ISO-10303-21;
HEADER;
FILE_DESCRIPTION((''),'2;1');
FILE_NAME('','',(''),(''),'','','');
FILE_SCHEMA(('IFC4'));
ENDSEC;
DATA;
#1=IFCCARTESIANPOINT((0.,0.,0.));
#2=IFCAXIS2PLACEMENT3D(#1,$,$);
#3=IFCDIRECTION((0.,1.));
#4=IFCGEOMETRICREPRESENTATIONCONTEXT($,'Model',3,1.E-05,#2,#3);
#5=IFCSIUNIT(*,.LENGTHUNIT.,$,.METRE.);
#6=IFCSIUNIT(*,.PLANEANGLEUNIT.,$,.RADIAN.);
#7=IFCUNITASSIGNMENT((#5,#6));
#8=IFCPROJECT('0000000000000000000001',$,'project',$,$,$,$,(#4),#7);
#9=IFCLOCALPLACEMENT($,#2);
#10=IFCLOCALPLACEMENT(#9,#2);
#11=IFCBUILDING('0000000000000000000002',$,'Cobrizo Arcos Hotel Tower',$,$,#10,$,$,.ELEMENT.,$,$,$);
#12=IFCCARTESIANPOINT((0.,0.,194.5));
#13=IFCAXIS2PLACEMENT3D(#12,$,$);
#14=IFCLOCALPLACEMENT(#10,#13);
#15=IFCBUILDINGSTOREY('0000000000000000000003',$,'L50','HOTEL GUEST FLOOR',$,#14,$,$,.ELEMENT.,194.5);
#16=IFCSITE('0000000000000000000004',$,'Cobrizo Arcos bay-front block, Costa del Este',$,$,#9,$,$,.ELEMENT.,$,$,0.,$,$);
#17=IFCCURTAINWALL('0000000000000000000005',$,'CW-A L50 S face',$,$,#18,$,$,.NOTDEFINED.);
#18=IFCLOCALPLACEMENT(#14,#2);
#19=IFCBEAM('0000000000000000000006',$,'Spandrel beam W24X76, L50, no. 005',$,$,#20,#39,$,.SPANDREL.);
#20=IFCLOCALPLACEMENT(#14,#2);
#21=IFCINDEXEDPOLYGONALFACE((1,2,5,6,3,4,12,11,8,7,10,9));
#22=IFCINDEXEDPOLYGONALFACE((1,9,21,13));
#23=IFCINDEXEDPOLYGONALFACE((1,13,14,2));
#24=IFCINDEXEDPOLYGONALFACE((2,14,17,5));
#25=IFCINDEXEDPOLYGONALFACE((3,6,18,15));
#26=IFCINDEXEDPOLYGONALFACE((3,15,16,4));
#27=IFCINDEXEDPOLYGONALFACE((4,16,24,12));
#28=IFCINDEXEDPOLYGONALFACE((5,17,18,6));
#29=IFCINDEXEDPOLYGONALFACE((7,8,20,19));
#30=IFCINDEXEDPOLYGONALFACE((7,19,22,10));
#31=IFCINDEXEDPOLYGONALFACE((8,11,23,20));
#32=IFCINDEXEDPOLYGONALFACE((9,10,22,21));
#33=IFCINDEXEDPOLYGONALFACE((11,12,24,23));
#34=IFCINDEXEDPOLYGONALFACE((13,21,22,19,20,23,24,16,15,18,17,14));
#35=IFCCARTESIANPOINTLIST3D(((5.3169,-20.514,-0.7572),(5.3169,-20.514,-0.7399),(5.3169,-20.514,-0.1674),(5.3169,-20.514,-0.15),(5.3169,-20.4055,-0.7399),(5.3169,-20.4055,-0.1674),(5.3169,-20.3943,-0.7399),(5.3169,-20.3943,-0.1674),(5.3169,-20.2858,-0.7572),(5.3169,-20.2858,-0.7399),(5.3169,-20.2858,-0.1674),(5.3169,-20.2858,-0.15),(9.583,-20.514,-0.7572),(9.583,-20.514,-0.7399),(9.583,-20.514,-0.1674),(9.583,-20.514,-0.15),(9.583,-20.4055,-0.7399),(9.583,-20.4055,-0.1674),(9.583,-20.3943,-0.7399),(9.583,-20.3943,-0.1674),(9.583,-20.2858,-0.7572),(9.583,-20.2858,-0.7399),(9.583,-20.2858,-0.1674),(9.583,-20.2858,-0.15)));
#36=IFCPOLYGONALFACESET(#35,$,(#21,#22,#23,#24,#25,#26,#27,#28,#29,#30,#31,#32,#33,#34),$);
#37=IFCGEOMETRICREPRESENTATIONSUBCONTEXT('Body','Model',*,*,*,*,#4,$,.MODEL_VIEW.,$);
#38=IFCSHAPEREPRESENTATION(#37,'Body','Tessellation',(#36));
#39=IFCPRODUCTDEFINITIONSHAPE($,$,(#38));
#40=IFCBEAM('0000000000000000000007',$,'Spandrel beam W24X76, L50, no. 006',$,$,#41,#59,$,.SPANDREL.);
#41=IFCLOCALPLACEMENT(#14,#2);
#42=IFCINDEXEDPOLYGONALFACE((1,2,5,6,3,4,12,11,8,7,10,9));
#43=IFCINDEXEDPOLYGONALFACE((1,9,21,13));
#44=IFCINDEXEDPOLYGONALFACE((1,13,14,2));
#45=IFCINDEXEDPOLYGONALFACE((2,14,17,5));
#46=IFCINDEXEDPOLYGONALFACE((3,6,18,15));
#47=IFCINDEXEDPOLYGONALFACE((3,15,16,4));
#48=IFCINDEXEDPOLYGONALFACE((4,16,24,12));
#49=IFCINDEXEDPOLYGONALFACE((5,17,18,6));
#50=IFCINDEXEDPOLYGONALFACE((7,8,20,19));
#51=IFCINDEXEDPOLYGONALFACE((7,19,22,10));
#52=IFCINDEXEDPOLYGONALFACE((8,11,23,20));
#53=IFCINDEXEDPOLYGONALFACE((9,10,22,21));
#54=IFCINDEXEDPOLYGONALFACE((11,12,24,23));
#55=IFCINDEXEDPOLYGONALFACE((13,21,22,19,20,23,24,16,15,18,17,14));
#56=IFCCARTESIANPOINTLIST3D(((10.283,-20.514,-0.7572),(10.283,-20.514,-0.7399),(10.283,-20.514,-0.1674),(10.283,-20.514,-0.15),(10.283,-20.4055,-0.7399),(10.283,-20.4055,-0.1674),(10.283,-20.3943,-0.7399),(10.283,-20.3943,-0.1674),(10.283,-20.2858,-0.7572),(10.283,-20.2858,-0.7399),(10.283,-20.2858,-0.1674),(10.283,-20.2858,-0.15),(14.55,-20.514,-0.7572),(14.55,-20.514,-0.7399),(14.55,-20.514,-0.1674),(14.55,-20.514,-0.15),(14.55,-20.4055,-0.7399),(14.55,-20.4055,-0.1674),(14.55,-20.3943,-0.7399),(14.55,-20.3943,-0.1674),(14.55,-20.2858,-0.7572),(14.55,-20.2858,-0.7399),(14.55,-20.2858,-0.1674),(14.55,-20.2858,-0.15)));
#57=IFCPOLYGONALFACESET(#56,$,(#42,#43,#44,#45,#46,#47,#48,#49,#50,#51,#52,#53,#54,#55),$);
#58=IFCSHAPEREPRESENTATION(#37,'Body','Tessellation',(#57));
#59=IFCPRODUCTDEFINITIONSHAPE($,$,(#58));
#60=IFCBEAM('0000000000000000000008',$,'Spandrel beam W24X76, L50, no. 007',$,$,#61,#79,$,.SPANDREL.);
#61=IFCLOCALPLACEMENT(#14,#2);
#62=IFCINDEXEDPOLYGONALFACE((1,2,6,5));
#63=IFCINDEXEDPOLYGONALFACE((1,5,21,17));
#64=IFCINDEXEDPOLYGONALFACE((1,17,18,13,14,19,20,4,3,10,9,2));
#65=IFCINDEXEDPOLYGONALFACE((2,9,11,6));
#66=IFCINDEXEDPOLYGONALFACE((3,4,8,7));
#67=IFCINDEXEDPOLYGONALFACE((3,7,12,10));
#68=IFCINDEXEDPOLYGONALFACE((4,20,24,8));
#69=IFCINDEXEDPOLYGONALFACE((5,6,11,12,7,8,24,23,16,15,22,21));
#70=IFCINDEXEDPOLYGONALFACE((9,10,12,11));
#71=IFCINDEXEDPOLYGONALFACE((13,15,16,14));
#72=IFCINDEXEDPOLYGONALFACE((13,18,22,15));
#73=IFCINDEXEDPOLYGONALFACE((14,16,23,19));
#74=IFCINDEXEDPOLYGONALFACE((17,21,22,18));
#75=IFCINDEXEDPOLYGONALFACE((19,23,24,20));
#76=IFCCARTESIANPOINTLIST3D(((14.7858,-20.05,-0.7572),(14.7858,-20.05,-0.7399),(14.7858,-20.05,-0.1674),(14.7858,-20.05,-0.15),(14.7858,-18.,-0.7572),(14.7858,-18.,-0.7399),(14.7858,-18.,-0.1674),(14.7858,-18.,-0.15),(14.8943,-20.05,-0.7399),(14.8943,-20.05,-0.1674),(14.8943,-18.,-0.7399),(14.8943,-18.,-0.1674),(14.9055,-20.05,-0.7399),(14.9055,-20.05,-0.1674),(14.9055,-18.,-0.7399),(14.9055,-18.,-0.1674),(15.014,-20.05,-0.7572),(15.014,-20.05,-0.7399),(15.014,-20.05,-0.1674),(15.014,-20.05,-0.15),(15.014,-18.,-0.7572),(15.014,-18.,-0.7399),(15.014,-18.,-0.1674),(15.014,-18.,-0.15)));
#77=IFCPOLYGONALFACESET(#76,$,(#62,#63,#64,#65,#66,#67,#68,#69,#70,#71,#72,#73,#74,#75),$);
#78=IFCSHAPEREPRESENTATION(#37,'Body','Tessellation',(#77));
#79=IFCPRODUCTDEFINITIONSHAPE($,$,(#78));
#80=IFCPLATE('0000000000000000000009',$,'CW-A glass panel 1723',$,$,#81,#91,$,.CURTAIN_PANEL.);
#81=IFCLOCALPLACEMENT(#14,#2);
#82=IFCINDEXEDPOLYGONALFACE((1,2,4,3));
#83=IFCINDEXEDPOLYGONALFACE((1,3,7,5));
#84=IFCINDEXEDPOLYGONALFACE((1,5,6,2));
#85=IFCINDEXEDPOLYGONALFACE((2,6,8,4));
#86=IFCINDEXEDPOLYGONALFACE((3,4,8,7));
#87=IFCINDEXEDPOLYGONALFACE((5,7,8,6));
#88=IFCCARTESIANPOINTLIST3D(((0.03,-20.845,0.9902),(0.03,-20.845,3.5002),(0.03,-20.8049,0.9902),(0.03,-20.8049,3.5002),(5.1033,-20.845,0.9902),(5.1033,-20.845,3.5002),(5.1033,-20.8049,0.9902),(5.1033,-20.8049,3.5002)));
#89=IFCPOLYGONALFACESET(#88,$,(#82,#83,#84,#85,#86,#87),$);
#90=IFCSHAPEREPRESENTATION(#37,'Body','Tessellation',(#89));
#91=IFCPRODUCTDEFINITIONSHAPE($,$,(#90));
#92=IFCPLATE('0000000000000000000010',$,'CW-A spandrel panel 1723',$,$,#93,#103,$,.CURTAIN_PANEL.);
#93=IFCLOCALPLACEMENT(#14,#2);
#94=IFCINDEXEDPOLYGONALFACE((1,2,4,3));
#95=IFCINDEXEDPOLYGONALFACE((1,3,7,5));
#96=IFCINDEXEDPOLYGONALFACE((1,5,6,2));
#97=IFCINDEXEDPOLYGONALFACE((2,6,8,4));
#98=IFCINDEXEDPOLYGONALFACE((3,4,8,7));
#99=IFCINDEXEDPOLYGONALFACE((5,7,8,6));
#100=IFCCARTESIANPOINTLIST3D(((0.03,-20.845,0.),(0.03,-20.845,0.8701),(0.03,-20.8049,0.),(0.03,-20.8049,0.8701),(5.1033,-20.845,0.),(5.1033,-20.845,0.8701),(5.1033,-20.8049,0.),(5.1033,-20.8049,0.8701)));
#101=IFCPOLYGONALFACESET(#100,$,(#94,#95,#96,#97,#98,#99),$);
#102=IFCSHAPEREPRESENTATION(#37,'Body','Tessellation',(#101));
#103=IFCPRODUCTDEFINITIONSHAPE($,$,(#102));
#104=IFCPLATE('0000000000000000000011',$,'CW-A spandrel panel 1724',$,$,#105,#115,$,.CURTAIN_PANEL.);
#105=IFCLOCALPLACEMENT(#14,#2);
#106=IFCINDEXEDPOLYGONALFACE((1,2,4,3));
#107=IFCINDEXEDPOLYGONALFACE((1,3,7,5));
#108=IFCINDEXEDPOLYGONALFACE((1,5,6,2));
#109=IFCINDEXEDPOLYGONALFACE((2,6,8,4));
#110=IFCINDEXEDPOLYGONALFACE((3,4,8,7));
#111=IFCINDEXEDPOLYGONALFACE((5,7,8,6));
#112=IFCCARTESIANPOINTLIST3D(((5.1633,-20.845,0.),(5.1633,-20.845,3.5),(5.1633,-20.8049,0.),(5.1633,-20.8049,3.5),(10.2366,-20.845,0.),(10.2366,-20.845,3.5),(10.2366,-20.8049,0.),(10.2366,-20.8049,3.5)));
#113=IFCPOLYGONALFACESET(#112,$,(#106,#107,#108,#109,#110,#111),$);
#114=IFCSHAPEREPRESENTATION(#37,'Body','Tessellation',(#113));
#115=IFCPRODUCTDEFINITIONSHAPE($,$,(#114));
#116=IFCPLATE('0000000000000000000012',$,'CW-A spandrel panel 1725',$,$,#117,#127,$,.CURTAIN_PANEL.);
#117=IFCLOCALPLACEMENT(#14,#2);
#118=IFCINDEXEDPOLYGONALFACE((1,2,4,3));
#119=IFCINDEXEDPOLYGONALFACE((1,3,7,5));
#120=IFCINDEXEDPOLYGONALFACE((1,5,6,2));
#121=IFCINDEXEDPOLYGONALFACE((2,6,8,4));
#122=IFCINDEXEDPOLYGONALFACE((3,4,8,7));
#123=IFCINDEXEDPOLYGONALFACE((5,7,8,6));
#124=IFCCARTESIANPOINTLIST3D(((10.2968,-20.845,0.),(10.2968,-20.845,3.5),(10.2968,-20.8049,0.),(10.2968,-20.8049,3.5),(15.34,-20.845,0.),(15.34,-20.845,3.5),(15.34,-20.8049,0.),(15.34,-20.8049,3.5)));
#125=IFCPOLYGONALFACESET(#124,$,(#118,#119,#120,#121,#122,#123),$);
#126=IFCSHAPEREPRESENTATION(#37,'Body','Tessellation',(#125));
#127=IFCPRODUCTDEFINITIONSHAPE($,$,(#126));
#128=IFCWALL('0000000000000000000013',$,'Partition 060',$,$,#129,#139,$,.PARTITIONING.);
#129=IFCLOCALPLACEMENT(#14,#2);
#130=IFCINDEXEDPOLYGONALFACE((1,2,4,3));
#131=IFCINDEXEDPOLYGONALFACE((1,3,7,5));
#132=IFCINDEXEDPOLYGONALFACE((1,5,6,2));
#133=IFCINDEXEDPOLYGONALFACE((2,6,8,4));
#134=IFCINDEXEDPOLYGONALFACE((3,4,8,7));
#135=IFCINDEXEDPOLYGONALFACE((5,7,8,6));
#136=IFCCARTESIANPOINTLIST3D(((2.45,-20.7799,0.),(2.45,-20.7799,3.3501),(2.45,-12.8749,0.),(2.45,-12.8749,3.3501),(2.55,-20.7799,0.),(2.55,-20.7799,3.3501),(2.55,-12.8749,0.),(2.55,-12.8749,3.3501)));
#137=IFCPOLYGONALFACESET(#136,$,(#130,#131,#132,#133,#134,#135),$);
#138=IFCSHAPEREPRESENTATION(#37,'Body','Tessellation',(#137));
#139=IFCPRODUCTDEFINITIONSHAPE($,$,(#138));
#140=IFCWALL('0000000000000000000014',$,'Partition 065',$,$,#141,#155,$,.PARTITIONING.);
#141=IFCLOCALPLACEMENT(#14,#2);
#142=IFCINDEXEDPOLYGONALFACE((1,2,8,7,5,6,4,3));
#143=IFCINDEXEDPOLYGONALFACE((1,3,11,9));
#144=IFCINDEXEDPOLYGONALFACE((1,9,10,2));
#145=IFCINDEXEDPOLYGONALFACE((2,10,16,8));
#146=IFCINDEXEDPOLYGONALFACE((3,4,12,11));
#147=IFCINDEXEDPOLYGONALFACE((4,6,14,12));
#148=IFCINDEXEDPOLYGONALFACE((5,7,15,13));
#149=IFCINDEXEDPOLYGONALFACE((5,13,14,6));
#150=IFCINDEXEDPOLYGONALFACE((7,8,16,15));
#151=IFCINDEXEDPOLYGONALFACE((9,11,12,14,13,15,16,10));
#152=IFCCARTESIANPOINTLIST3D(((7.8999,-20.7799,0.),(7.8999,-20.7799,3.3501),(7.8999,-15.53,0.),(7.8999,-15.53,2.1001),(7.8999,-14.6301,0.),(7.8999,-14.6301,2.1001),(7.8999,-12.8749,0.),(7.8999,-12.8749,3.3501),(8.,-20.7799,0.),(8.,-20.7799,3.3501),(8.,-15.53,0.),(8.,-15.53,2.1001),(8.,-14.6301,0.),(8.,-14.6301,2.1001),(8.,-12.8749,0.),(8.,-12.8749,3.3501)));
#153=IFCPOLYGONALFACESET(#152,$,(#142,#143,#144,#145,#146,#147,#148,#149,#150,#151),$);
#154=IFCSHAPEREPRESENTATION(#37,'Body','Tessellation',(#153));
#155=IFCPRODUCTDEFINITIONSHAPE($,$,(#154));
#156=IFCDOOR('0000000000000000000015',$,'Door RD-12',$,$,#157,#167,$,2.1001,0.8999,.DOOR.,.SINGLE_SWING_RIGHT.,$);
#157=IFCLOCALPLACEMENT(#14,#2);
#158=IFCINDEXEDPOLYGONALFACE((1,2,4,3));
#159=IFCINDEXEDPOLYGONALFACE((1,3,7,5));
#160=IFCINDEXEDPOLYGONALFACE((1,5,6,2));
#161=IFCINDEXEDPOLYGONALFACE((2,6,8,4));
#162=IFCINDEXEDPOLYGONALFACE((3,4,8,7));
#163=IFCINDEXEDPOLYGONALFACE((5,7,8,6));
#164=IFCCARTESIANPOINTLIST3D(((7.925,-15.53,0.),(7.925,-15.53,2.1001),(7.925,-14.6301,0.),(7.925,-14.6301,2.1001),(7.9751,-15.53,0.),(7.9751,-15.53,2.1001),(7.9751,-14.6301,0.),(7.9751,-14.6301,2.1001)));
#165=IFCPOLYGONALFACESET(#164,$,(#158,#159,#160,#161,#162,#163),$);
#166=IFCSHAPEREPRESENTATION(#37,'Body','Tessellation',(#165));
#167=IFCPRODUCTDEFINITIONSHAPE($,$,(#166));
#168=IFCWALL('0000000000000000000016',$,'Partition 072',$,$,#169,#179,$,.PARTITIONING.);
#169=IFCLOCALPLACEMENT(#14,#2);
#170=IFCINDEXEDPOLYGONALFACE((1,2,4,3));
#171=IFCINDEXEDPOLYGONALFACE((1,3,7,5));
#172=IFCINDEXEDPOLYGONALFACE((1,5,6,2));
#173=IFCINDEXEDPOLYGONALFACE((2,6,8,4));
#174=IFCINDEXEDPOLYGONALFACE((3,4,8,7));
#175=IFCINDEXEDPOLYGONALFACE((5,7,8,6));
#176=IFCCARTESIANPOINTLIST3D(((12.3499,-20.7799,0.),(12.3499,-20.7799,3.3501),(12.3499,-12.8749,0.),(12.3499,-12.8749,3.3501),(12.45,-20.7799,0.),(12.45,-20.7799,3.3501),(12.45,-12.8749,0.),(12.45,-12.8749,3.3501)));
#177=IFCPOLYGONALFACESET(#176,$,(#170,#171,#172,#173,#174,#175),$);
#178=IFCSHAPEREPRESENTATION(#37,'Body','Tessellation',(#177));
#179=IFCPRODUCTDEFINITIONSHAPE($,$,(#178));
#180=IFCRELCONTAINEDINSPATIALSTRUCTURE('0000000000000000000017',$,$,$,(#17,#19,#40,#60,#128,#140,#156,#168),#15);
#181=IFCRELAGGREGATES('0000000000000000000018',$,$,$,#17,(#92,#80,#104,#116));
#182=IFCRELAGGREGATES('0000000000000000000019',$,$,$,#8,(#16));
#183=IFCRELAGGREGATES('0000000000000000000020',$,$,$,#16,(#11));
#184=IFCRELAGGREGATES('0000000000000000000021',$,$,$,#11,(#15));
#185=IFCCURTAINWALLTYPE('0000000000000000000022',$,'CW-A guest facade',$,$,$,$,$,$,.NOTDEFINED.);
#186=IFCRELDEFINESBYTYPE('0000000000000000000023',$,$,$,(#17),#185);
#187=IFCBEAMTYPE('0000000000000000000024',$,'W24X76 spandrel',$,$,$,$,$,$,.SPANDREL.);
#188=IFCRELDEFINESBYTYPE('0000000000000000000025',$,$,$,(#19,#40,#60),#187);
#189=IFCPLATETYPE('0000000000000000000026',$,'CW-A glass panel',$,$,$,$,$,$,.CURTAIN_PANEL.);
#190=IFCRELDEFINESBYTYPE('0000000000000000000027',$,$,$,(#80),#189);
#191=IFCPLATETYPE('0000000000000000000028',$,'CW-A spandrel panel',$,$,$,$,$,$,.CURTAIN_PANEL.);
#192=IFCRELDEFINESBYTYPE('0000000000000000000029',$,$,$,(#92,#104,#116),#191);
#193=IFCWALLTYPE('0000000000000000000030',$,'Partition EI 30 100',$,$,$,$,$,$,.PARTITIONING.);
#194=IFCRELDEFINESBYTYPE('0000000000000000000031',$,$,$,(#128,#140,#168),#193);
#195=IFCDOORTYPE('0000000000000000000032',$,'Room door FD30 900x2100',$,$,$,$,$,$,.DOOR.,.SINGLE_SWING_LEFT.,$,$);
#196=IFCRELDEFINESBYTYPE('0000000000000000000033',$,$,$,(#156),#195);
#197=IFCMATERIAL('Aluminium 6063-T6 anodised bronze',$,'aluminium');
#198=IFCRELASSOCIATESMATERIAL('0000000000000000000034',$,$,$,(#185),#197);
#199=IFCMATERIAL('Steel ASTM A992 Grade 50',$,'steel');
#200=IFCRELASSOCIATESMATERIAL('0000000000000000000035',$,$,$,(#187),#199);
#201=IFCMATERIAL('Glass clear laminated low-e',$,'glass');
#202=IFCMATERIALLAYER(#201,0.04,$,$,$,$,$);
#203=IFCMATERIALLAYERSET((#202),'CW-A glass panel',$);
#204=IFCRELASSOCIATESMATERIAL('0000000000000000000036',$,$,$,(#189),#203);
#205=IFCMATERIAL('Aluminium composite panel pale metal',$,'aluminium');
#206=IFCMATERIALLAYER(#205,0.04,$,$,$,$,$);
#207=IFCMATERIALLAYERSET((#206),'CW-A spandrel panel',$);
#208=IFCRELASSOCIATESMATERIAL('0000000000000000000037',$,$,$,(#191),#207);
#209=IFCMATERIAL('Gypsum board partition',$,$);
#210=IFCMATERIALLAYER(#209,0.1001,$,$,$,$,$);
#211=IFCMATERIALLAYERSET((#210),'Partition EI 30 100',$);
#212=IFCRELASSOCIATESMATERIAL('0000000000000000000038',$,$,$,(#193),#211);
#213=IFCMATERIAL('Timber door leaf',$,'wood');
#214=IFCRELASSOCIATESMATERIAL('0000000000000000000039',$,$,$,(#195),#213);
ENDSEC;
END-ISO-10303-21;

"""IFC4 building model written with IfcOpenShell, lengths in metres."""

from ifc_helpers import new_model, si_unit, direction, frame, frame_2d, origin, origin_2d, place, context, subcontext, project, spatial, rectangle, i_section, extrude, material, layer, layer_set, material_profile, profile_set, type_object, element, fill, aggregate, save


model = new_model("IFC4")

# Units and contexts
model_context = context("Model", 3, precision=1e-05, world=origin(), true_north=direction((0.0, 1.0)))
body_context = subcontext(model_context, "Body", "Model", "MODEL_VIEW")
ifc_project = project(units=[si_unit("LENGTHUNIT", "METRE"), si_unit("PLANEANGLEUNIT", "RADIAN")], contexts=[model_context])

# Site, building, storey
site_placement = place(None, origin())
site = spatial("IfcSite", under=ifc_project, at=site_placement, Name="Cobrizo Arcos bay-front block, Costa del Este", CompositionType="ELEMENT", RefElevation=0.0)
building_placement = place(site_placement, origin())
building = spatial("IfcBuilding", under=site, at=building_placement, Name="Cobrizo Arcos Hotel Tower", CompositionType="ELEMENT")
storey_placement = place(building_placement, frame((0.0, 0.0, 194.5)))
storey = spatial("IfcBuildingStorey", under=building, at=storey_placement, Name="L50", Description="HOTEL GUEST FLOOR", CompositionType="ELEMENT", Elevation=194.5)

# Curtain wall
ifc_material_1 = material(Name="Aluminium 6063-T6 anodised bronze", Category="aluminium")
curtain_wall_type = type_object("IfcCurtainWallType", Name="CW-A guest facade", PredefinedType="NOTDEFINED", material=ifc_material_1)
curtain_wall_placement = place(storey_placement, origin())
curtain_wall = element("IfcCurtainWall", 1, at=curtain_wall_placement, inside=storey, type_object=curtain_wall_type, Name="CW-A L50 S face", PredefinedType="NOTDEFINED")

# Beams
ifc_material_2 = material(Name="Steel ASTM A992 Grade 50", Category="steel")
ifc_material_profile_1 = material_profile(ifc_material_2, i_section(OverallWidth=0.2283, OverallDepth=0.6072, WebThickness=0.0112, FlangeThickness=0.0173, at=origin_2d()), Name="W24X76")
ifc_profile_set_1 = profile_set([ifc_material_profile_1], Name="Steel ASTM A992 Grade 50")
beam_type_1 = type_object("IfcBeamType", Name="W24X76 spandrel", PredefinedType="SPANDREL", material=ifc_profile_set_1)
beam_1_placement = place(storey_placement, frame((5.3169, -20.3999, -0.4536), z_axis=(1.0, 0.0, 0.0), x_axis=(0.0, 1.0, 0.0)))
element("IfcBeam", 2, at=beam_1_placement, inside=storey, type_object=beam_type_1, Name="Spandrel beam W24X76, L50, no. 005", PredefinedType="SPANDREL", context=body_context, shape_type="SweptSolid", body=[
    extrude(i_section(OverallWidth=0.2283, OverallDepth=0.6072, WebThickness=0.0112, FlangeThickness=0.0173, at=origin_2d()), origin(), (0.0, 0.0, 1.0), 4.2661),
])
beam_2_placement = place(storey_placement, frame((10.283, -20.3999, -0.4536), z_axis=(1.0, 0.0, 0.0), x_axis=(0.0, 1.0, 0.0)))
element("IfcBeam", 3, at=beam_2_placement, inside=storey, type_object=beam_type_1, Name="Spandrel beam W24X76, L50, no. 006", PredefinedType="SPANDREL", context=body_context, shape_type="SweptSolid", body=[
    extrude(i_section(OverallWidth=0.2283, OverallDepth=0.6072, WebThickness=0.0112, FlangeThickness=0.0173, at=origin_2d()), origin(), (0.0, 0.0, 1.0), 4.2671),
])
beam_3_placement = place(storey_placement, frame((14.8999, -20.05, -0.4536), z_axis=(0.0, 1.0, 0.0), x_axis=(-1.0, 0.0, 0.0)))
element("IfcBeam", 4, at=beam_3_placement, inside=storey, type_object=beam_type_1, Name="Spandrel beam W24X76, L50, no. 007", PredefinedType="SPANDREL", context=body_context, shape_type="SweptSolid", body=[
    extrude(i_section(OverallWidth=0.2283, OverallDepth=0.6072, WebThickness=0.0112, FlangeThickness=0.0173, at=origin_2d()), origin(), (0.0, 0.0, 1.0), 2.05),
])

# Plates
ifc_material_3 = material(Name="Glass clear laminated low-e", Category="glass")
ifc_layer_1 = layer(ifc_material_3, 0.04)
ifc_layer_set_1 = layer_set([ifc_layer_1], Name="CW-A glass panel")
plate_type_1 = type_object("IfcPlateType", Name="CW-A glass panel", PredefinedType="CURTAIN_PANEL", material=ifc_layer_set_1)
plate_1_placement = place(storey_placement, frame((2.5667, -20.825, 0.9902), z_axis=(0.0, 0.0, 1.0), x_axis=(1.0, 0.0, 0.0)))
plate_1 = element("IfcPlate", 5, at=plate_1_placement, type_object=plate_type_1, Name="CW-A glass panel 1723", PredefinedType="CURTAIN_PANEL", context=body_context, shape_type="SweptSolid", body=[
    extrude(rectangle(XDim=5.0732, YDim=0.04, at=origin_2d()), origin(), (0.0, 0.0, 1.0), 2.51),
])
ifc_material_4 = material(Name="Aluminium composite panel pale metal", Category="aluminium")
ifc_layer_2 = layer(ifc_material_4, 0.04)
ifc_layer_set_2 = layer_set([ifc_layer_2], Name="CW-A spandrel panel")
plate_type_2 = type_object("IfcPlateType", Name="CW-A spandrel panel", PredefinedType="CURTAIN_PANEL", material=ifc_layer_set_2)
plate_2_placement = place(storey_placement, frame((2.5667, -20.825, 0.0), z_axis=(0.0, 0.0, 1.0), x_axis=(1.0, 0.0, 0.0)))
plate_2 = element("IfcPlate", 6, at=plate_2_placement, type_object=plate_type_2, Name="CW-A spandrel panel 1723", PredefinedType="CURTAIN_PANEL", context=body_context, shape_type="SweptSolid", body=[
    extrude(rectangle(XDim=5.0732, YDim=0.04, at=origin_2d()), origin(), (0.0, 0.0, 1.0), 0.8701),
])
plate_3_placement = place(storey_placement, frame((7.7, -20.825, 0.0), z_axis=(0.0, 0.0, 1.0), x_axis=(1.0, 0.0, 0.0)))
plate_3 = element("IfcPlate", 7, at=plate_3_placement, type_object=plate_type_2, Name="CW-A spandrel panel 1724", PredefinedType="CURTAIN_PANEL", context=body_context, shape_type="SweptSolid", body=[
    extrude(rectangle(XDim=5.0732, YDim=0.04, at=origin_2d()), origin(), (0.0, 0.0, 1.0), 3.5),
])
plate_4_placement = place(storey_placement, frame((12.8184, -20.825, 0.0), z_axis=(0.0, 0.0, 1.0), x_axis=(1.0, 0.0, 0.0)))
plate_4 = element("IfcPlate", 8, at=plate_4_placement, type_object=plate_type_2, Name="CW-A spandrel panel 1725", PredefinedType="CURTAIN_PANEL", context=body_context, shape_type="SweptSolid", body=[
    extrude(rectangle(XDim=5.0432, YDim=0.04, at=origin_2d()), origin(), (0.0, 0.0, 1.0), 3.5),
])
aggregate(curtain_wall, [plate_2, plate_1, plate_3, plate_4])

# Wall
ifc_material_5 = material(Name="Gypsum board partition")
ifc_layer_3 = layer(ifc_material_5, 0.1001)
ifc_layer_set_3 = layer_set([ifc_layer_3], Name="Partition EI 30 100")
wall_type = type_object("IfcWallType", Name="Partition EI 30 100", PredefinedType="PARTITIONING", material=ifc_layer_set_3)
wall_1_placement = place(storey_placement, frame((2.5, -20.78, 0.0), z_axis=(0.0, 0.0, 1.0), x_axis=(0.0, 1.0, 0.0)))
element("IfcWall", 9, at=wall_1_placement, inside=storey, type_object=wall_type, Name="Partition 060", PredefinedType="PARTITIONING", context=body_context, shape_type="SweptSolid", body=[
    extrude(rectangle(XDim=7.905, YDim=0.1001, at=frame_2d((3.9526, 0.0))), origin(), (0.0, 0.0, 1.0), 3.3501),
])

# Wall, opening, door
wall_2_placement = place(storey_placement, frame((7.95, -20.78, 0.0), z_axis=(0.0, 0.0, 1.0), x_axis=(0.0, 1.0, 0.0)))
wall_2 = element("IfcWall", 10, at=wall_2_placement, inside=storey, type_object=wall_type, Name="Partition 065", PredefinedType="PARTITIONING", context=body_context, shape_type="SweptSolid", body=[
    extrude(rectangle(XDim=7.905, YDim=0.1001, at=frame_2d((3.9526, 0.0))), origin(), (0.0, 0.0, 1.0), 3.3501),
])
opening_placement = place(wall_2_placement, frame((5.25, 0.0, 0.0)))
opening = element("IfcOpeningElement", 11, at=opening_placement, cuts=wall_2, PredefinedType="OPENING", context=body_context, shape_type="SweptSolid", body=[
    extrude(rectangle(XDim=0.8999, YDim=2.1001, at=frame_2d((0.45, 1.05))), frame((0.0, 0.062, 0.0), z_axis=(0.0, -1.0, 0.0), x_axis=(1.0, 0.0, 0.0)), (0.0, 0.0, 1.0), 0.124),
])
ifc_material_6 = material(Name="Timber door leaf", Category="wood")
door_type = type_object("IfcDoorType", Name="Room door FD30 900x2100", OperationType="SINGLE_SWING_LEFT", PredefinedType="DOOR", material=ifc_material_6)
door_placement = place(opening_placement, origin())
door = element("IfcDoor", 12, at=door_placement, inside=storey, type_object=door_type, Name="Door RD-12", OperationType="SINGLE_SWING_RIGHT", OverallHeight=2.1001, OverallWidth=0.8999, PredefinedType="DOOR", context=body_context, shape_type="SweptSolid", body=[
    extrude(rectangle(XDim=0.8999, YDim=2.1001, at=frame_2d((0.45, 1.05))), frame((0.0, 0.0249, 0.0), z_axis=(0.0, -1.0, 0.0), x_axis=(1.0, 0.0, 0.0)), (0.0, 0.0, 1.0), 0.05),
])
fill(opening, door)

# Wall
wall_3_placement = place(storey_placement, frame((12.3999, -20.78, 0.0), z_axis=(0.0, 0.0, 1.0), x_axis=(0.0, 1.0, 0.0)))
element("IfcWall", 13, at=wall_3_placement, inside=storey, type_object=wall_type, Name="Partition 072", PredefinedType="PARTITIONING", context=body_context, shape_type="SweptSolid", body=[
    extrude(rectangle(XDim=7.905, YDim=0.1001, at=frame_2d((3.9526, 0.0))), origin(), (0.0, 0.0, 1.0), 3.3501),
])

save(model, "model.ifc")
